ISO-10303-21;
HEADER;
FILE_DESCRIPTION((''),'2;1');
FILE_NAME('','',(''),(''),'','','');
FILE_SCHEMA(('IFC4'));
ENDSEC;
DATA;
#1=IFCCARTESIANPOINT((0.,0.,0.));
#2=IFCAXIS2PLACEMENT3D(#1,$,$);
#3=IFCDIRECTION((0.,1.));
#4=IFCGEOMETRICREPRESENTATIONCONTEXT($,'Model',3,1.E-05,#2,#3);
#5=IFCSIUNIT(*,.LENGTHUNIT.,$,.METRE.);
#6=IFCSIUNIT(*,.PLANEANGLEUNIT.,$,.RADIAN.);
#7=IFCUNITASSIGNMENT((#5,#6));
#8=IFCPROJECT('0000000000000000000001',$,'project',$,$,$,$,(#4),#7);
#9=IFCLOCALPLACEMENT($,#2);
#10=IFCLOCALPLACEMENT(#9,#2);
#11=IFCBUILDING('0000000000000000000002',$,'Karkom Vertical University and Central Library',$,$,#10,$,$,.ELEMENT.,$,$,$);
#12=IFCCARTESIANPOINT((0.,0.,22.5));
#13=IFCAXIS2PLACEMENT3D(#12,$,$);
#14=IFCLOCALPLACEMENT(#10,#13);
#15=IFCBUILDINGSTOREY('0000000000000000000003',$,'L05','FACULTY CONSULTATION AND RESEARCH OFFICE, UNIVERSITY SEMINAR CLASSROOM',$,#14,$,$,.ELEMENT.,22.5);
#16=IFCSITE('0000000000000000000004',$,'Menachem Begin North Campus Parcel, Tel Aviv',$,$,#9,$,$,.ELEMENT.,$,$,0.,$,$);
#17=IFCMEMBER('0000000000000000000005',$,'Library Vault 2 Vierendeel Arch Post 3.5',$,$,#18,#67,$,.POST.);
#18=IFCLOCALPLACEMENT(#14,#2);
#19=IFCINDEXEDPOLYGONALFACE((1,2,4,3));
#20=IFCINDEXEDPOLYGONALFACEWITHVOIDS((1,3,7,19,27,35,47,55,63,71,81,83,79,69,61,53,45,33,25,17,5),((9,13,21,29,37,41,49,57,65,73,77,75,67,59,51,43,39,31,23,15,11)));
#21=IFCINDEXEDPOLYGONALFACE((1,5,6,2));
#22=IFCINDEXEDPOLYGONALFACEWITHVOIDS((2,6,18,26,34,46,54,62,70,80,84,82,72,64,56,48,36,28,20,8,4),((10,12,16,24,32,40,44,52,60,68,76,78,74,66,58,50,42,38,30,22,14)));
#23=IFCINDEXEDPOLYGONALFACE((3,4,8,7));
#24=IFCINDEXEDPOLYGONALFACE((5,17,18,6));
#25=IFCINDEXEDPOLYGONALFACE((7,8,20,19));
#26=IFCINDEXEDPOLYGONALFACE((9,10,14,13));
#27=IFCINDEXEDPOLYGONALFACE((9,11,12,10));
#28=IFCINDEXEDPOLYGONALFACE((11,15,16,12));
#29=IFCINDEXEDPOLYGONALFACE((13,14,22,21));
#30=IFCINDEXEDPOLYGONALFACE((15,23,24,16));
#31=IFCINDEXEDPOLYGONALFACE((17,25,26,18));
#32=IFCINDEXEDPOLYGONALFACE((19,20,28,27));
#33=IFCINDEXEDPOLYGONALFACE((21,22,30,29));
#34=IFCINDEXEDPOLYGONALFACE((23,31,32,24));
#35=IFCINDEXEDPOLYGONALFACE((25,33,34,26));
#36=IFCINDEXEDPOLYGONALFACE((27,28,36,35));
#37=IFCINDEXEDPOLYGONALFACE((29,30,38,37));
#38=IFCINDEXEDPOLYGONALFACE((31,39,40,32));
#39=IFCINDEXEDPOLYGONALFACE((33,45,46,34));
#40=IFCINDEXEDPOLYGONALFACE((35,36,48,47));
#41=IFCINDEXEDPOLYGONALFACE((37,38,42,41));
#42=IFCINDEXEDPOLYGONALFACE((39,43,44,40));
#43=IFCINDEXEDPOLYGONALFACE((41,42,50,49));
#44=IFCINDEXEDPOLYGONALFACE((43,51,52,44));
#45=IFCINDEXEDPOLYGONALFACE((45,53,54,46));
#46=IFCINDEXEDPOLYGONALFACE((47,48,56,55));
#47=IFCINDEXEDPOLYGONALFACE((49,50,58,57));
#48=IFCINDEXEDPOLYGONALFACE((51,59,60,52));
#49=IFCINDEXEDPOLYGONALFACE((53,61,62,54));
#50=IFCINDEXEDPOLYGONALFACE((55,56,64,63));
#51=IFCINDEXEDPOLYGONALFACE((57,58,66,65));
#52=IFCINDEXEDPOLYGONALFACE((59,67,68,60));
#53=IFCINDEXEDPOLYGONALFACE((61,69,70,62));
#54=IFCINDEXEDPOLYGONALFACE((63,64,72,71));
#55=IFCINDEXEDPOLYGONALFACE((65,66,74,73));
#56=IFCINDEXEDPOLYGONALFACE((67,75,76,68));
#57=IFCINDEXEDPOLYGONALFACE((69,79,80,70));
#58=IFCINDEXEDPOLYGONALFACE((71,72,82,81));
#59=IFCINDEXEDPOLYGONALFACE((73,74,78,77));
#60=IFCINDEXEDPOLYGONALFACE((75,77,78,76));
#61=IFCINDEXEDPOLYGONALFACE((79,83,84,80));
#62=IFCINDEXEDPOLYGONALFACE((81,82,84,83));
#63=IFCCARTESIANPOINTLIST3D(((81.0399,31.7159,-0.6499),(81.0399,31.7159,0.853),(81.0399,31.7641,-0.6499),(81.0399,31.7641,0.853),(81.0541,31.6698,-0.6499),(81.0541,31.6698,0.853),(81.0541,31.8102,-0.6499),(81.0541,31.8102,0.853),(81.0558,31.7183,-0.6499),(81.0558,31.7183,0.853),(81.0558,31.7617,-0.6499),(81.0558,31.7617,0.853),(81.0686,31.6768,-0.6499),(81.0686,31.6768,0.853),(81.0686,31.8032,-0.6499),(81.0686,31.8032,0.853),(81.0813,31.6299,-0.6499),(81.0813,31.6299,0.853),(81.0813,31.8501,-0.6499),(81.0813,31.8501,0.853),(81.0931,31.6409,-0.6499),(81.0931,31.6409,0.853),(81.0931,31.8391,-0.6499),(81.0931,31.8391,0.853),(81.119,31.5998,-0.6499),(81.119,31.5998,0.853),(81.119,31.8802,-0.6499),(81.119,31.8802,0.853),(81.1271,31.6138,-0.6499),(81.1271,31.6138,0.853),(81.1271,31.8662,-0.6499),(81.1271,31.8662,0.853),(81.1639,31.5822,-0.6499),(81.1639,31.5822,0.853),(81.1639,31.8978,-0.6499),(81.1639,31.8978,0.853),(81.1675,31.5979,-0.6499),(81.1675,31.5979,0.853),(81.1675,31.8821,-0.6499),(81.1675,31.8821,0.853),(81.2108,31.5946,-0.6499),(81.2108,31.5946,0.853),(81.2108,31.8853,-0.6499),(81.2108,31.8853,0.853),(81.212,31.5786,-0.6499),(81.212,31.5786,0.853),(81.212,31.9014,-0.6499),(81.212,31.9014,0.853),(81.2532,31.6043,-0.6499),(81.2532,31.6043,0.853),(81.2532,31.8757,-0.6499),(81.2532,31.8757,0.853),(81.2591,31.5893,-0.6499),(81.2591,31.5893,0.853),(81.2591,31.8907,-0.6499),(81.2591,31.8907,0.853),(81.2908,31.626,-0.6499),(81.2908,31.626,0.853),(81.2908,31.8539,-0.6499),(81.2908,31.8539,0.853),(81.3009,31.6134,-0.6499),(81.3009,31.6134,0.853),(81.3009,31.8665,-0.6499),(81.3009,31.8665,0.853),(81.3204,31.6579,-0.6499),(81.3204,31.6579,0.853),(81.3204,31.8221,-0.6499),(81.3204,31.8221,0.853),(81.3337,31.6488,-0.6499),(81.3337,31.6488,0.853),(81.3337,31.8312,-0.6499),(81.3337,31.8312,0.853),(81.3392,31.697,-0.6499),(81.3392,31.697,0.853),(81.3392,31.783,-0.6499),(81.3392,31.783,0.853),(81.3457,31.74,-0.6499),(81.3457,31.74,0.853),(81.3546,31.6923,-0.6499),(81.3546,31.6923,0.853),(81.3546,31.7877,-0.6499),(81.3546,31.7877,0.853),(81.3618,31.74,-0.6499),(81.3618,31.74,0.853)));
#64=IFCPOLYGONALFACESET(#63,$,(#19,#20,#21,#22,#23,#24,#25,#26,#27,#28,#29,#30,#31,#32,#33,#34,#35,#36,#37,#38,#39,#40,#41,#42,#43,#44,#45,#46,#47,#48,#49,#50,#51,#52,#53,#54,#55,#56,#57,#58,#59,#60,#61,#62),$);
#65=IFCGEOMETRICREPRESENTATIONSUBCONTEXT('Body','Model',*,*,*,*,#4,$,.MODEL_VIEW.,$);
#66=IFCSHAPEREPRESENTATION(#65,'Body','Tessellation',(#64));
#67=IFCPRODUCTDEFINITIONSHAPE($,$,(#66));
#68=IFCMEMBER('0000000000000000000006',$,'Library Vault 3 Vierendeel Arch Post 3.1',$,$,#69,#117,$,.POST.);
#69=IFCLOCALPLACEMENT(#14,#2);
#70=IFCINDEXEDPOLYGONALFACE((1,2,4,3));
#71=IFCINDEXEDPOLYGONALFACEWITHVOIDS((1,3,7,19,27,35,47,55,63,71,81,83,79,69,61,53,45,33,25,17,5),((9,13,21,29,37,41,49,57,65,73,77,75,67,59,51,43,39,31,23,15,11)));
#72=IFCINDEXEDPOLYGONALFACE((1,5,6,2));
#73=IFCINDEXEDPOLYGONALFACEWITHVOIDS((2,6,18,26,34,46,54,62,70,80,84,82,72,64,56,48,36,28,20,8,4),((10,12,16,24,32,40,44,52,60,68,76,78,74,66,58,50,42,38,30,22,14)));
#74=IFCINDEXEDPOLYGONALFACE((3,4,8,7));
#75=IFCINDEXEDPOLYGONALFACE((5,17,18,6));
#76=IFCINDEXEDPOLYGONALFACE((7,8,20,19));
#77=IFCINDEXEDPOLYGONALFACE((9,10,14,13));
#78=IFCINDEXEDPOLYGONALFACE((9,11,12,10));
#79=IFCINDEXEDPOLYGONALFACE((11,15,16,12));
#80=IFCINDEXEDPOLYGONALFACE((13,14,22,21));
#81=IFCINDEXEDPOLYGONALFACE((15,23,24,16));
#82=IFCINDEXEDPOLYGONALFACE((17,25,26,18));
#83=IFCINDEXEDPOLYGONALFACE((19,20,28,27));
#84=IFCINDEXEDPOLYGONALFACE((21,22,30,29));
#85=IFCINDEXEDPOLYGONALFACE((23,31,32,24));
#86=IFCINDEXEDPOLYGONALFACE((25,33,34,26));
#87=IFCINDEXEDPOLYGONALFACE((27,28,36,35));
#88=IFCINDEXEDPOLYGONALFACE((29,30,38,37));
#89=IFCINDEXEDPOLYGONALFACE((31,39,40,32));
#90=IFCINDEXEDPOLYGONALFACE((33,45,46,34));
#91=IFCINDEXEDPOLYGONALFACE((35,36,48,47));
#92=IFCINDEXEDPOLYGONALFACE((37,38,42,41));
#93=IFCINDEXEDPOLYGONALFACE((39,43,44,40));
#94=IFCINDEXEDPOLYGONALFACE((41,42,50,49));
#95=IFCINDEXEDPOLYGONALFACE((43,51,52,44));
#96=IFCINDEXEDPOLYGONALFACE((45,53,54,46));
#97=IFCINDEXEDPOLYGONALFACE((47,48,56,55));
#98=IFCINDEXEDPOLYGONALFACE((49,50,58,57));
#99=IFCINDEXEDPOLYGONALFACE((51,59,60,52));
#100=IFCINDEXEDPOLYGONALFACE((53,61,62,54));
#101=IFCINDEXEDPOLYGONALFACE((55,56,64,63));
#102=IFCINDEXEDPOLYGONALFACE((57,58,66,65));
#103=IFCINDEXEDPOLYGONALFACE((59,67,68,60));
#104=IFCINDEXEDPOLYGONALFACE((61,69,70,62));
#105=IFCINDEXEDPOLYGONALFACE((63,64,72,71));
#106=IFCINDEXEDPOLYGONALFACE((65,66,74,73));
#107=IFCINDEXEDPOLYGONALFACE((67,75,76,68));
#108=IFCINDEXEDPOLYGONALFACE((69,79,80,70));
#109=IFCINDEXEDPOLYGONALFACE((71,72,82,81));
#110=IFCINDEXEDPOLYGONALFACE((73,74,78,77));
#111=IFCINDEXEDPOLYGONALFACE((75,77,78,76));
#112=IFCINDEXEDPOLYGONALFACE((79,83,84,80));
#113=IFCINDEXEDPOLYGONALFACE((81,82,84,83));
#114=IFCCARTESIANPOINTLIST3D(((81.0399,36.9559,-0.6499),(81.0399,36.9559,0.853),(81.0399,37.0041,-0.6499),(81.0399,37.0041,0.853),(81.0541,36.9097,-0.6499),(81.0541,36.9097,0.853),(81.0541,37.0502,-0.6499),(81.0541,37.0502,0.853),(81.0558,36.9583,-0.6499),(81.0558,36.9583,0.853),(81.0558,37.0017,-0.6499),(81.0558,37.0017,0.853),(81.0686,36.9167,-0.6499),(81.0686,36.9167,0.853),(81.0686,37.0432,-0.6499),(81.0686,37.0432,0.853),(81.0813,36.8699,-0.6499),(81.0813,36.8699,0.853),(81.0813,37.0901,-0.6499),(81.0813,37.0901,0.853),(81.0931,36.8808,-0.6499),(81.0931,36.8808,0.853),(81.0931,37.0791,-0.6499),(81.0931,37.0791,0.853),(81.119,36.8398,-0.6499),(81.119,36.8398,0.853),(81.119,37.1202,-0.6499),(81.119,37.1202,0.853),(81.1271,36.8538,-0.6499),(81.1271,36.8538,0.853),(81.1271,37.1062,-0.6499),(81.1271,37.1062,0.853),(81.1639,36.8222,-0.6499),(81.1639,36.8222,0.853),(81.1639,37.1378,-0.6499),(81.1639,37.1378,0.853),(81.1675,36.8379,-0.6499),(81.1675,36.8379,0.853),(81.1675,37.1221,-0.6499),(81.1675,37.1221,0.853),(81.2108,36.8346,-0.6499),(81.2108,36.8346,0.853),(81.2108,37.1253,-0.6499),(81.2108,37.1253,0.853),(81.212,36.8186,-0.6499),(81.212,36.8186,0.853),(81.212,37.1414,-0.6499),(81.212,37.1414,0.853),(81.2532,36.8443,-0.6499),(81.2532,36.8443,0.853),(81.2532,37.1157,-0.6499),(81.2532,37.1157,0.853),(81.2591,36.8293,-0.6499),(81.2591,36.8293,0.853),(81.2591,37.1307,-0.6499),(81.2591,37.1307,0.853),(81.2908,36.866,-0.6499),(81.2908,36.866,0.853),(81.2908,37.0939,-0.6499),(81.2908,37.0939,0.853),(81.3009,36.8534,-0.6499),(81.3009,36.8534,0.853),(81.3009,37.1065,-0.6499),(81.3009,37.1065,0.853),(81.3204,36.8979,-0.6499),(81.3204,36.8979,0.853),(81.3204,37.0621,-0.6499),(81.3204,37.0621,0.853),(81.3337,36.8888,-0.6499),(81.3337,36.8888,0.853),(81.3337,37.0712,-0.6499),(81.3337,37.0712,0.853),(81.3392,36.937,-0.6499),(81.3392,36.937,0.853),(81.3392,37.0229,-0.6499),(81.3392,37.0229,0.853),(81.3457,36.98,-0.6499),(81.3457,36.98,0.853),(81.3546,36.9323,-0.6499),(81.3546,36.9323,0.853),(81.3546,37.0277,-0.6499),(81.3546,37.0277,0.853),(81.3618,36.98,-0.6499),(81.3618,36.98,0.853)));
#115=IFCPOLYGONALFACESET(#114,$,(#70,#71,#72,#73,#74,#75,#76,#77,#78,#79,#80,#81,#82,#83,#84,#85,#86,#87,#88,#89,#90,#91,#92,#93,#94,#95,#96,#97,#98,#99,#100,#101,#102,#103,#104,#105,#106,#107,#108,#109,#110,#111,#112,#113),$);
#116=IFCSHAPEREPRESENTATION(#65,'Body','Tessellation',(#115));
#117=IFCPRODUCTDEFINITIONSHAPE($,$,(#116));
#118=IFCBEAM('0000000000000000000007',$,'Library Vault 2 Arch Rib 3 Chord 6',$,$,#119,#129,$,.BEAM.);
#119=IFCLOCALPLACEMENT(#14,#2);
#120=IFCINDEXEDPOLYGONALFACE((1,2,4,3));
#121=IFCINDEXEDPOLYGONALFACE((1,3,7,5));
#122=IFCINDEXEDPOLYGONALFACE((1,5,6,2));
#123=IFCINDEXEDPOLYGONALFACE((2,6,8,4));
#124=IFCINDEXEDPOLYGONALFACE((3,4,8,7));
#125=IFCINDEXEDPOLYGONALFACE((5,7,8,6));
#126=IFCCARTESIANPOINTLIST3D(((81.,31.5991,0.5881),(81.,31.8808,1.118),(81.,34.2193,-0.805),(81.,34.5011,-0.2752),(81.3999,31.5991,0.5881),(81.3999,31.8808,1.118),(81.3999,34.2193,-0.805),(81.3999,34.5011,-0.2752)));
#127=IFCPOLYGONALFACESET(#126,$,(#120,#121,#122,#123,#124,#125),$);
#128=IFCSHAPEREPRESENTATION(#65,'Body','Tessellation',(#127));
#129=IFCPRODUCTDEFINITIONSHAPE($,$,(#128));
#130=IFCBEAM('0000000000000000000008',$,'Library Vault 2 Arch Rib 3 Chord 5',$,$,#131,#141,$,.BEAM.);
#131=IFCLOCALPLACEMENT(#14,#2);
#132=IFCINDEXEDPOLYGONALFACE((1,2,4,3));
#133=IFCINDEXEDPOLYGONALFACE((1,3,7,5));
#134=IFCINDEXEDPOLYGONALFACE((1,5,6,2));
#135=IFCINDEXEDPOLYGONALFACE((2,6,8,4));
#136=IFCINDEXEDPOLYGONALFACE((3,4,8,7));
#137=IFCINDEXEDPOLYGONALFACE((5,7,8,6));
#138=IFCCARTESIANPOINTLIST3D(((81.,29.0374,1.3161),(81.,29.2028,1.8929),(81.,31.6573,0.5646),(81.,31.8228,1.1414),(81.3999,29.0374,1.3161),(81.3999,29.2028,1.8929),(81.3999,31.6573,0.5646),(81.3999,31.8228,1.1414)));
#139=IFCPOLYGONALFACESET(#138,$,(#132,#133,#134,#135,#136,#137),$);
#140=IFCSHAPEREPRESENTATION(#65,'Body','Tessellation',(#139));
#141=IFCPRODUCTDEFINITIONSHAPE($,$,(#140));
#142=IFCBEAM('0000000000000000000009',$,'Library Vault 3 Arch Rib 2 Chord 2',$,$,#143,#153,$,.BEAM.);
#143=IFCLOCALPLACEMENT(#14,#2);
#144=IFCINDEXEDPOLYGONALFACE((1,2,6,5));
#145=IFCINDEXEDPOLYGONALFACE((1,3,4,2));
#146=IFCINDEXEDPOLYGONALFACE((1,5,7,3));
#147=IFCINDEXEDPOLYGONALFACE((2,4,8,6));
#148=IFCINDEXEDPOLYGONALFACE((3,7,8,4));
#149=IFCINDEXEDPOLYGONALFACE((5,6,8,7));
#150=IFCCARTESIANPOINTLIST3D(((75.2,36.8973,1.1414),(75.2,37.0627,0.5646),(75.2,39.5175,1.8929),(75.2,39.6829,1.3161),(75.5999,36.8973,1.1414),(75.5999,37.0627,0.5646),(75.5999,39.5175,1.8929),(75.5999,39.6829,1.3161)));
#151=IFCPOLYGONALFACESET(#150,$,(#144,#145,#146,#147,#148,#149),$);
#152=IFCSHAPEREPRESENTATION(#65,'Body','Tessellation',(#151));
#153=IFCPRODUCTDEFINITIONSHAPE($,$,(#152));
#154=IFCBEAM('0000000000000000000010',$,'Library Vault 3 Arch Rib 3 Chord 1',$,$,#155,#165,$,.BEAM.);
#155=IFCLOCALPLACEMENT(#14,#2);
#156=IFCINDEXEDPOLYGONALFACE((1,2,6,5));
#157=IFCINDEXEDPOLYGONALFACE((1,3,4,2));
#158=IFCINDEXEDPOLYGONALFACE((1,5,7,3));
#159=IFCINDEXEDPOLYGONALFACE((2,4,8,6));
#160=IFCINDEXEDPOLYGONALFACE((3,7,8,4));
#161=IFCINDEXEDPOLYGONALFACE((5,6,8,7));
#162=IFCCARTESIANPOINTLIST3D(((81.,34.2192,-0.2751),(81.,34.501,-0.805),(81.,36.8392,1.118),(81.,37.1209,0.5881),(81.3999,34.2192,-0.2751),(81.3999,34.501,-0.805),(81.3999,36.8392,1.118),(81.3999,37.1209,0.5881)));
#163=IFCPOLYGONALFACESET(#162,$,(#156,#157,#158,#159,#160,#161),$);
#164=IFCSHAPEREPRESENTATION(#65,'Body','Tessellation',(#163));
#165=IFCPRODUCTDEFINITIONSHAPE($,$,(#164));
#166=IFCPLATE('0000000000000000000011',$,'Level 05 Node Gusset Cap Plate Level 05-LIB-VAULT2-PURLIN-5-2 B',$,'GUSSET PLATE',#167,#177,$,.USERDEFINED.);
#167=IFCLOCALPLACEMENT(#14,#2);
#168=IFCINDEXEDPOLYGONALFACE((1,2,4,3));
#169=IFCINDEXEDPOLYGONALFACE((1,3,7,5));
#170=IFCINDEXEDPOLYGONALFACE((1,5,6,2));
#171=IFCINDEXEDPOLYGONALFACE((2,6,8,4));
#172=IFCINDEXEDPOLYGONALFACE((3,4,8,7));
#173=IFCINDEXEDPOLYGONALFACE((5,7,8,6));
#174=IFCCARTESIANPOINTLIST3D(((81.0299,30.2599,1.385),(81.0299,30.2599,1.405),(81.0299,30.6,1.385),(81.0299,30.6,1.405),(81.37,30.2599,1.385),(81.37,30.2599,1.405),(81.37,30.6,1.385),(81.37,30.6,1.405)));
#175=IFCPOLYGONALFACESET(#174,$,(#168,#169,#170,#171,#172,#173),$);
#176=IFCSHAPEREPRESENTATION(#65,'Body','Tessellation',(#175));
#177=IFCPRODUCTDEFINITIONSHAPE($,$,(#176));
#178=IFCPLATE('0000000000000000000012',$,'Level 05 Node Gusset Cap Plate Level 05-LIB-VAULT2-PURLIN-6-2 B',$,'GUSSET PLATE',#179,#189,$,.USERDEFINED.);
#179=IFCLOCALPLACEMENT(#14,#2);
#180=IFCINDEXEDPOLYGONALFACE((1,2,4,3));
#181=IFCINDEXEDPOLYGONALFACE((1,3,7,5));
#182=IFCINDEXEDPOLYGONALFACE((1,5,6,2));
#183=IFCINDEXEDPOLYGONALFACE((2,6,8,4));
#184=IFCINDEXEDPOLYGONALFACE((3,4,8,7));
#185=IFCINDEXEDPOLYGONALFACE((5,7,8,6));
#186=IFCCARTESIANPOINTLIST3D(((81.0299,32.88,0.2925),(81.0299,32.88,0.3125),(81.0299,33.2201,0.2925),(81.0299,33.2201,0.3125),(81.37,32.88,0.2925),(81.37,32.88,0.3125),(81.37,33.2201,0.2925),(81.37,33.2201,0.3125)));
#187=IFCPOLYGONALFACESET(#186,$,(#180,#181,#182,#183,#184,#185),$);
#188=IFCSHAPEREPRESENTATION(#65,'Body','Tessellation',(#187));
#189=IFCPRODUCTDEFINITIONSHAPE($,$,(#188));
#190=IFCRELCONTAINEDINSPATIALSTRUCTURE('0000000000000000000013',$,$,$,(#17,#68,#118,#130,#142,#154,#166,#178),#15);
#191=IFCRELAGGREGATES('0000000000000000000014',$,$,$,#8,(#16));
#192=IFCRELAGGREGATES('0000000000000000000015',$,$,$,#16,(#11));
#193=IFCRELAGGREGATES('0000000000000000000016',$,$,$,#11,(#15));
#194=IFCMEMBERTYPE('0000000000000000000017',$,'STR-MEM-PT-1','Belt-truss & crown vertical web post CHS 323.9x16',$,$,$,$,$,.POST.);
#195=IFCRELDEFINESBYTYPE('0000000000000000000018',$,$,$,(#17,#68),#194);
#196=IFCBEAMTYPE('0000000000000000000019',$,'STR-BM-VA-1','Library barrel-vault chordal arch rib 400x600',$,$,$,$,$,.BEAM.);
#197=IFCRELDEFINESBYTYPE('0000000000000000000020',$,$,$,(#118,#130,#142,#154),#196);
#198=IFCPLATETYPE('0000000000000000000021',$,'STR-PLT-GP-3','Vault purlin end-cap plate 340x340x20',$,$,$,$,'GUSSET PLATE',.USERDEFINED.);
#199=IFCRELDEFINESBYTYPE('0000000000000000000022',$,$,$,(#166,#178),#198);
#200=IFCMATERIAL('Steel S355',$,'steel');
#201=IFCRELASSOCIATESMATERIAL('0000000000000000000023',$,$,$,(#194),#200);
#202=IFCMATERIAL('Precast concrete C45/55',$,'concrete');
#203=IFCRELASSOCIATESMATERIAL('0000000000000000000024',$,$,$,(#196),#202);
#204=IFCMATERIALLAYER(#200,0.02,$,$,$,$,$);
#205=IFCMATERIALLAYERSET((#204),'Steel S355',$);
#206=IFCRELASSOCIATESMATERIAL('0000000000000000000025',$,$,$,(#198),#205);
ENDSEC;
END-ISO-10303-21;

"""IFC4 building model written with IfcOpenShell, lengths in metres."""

from ifc_helpers import new_model, si_unit, direction, frame, origin, origin_with_axes, origin_2d, place, context, subcontext, project, spatial, rectangle, hollow_circle, extrude, source, transform, mapped, material, layer, layer_set, material_profile, profile_set, type_object, element, save


model = new_model("IFC4")

# Units and contexts
model_context = context("Model", 3, precision=1e-05, world=origin(), true_north=direction((0.0, 1.0)))
body_context = subcontext(model_context, "Body", "Model", "MODEL_VIEW")
ifc_project = project(units=[si_unit("LENGTHUNIT", "METRE"), si_unit("PLANEANGLEUNIT", "RADIAN")], contexts=[model_context])

# Site, building, storey
site_placement = place(None, origin())
site = spatial("IfcSite", under=ifc_project, at=site_placement, Name="Menachem Begin North Campus Parcel, Tel Aviv", CompositionType="ELEMENT", RefElevation=0.0)
building_placement = place(site_placement, origin())
building = spatial("IfcBuilding", under=site, at=building_placement, Name="Karkom Vertical University and Central Library", CompositionType="ELEMENT")
storey_placement = place(building_placement, frame((0.0, 0.0, 22.5)))
storey = spatial("IfcBuildingStorey", under=building, at=storey_placement, Name="L05", Description="FACULTY CONSULTATION AND RESEARCH OFFICE, UNIVERSITY SEMINAR CLASSROOM", CompositionType="ELEMENT", Elevation=22.5)

# Members
ifc_material_1 = material(Name="Steel S355", Category="steel")
ifc_material_profile_1 = material_profile(ifc_material_1, hollow_circle(Radius=0.1619, WallThickness=0.0161, at=origin_2d()), Name="CHS 323.9x16")
ifc_profile_set_1 = profile_set([ifc_material_profile_1], Name="Steel S355")
member_type = type_object("IfcMemberType", Name="STR-MEM-PT-1", Description="Belt-truss & crown vertical web post CHS 323.9x16", PredefinedType="POST", material=ifc_profile_set_1)
shared_shape_1 = source(origin_with_axes(), body_context, "Body", "SweptSolid", [
    extrude(hollow_circle(Radius=0.1619, WallThickness=0.0161, at=origin_2d()), origin(), (0.0, 0.0, 1.0), 1.5029),
])
for number, where, z_axis, x_axis, name in (
    (1, (81.2, 31.74, -0.6499), (0.0, 0.0, 1.0), (1.0, 0.0, 0.0), "Library Vault 2 Vierendeel Arch Post 3.5"),
    (2, (81.2, 36.98, -0.6499), (0.0, 0.0, 1.0), (1.0, 0.0, 0.0), "Library Vault 3 Vierendeel Arch Post 3.1"),
):
    element("IfcMember", number, at=place(storey_placement, frame(where, z_axis=z_axis, x_axis=x_axis)), inside=storey, type_object=member_type, Name=name, PredefinedType="POST", context=body_context, shape_type="MappedRepresentation", body=[
        mapped(shared_shape_1, transform((0.0, 0.0, 0.0), scale=1.0)),
    ])

# Beams
ifc_material_2 = material(Name="Precast concrete C45/55", Category="concrete")
ifc_material_profile_2 = material_profile(ifc_material_2, rectangle(XDim=0.3999, YDim=0.6001, at=origin_2d()), Name="RCB-400x600")
ifc_profile_set_2 = profile_set([ifc_material_profile_2], Name="Precast concrete C45/55")
beam_type = type_object("IfcBeamType", Name="STR-BM-VA-1", Description="Library barrel-vault chordal arch rib 400x600", PredefinedType="BEAM", material=ifc_profile_set_2)
shared_shape_2 = source(origin_with_axes(), body_context, "Body", "SweptSolid", [
    extrude(rectangle(XDim=0.3999, YDim=0.6001, at=origin_2d()), origin(), (0.0, 0.0, 1.0), 2.9675),
])
beam_1_placement = place(storey_placement, frame((81.2, 31.74, 0.853), z_axis=(0.0, 0.882958, -0.469452), x_axis=(-1.0, 0.0, 0.0)))
element("IfcBeam", 3, at=beam_1_placement, inside=storey, type_object=beam_type, Name="Library Vault 2 Arch Rib 3 Chord 6", PredefinedType="BEAM", context=body_context, shape_type="MappedRepresentation", body=[
    mapped(shared_shape_2, transform((0.0, 0.0, 0.0), scale=1.0)),
])
shared_shape_3 = source(origin_with_axes(), body_context, "Body", "SweptSolid", [
    extrude(rectangle(XDim=0.3999, YDim=0.6001, at=origin_2d()), origin(), (0.0, 0.0, 1.0), 2.7256),
])
beam_2_placement = place(storey_placement, frame((81.2, 29.1201, 1.6045), z_axis=(0.0, 0.961239, -0.275715), x_axis=(-1.0, 0.0, 0.0)))
element("IfcBeam", 4, at=beam_2_placement, inside=storey, type_object=beam_type, Name="Library Vault 2 Arch Rib 3 Chord 5", PredefinedType="BEAM", context=body_context, shape_type="MappedRepresentation", body=[
    mapped(shared_shape_3, transform((0.0, 0.0, 0.0), scale=1.0)),
])
shared_shape_4 = source(origin_with_axes(), body_context, "Body", "SweptSolid", [
    extrude(rectangle(XDim=0.3999, YDim=0.6001, at=origin_2d()), origin(), (0.0, 0.0, 1.0), 2.7258),
])
beam_3_placement = place(storey_placement, frame((75.3999, 36.98, 0.853), z_axis=(0.0, 0.961246, 0.275691), x_axis=(-1.0, 0.0, 0.0)))
element("IfcBeam", 5, at=beam_3_placement, inside=storey, type_object=beam_type, Name="Library Vault 3 Arch Rib 2 Chord 2", PredefinedType="BEAM", context=body_context, shape_type="MappedRepresentation", body=[
    mapped(shared_shape_4, transform((0.0, 0.0, 0.0), scale=1.0)),
])
shared_shape_5 = source(origin_with_axes(), body_context, "Body", "SweptSolid", [
    extrude(rectangle(XDim=0.3999, YDim=0.6001, at=origin_2d()), origin(), (0.0, 0.0, 1.0), 2.9673),
])
beam_4_placement = place(storey_placement, frame((81.2, 34.3601, -0.54), z_axis=(0.0, 0.88294, 0.469486), x_axis=(-1.0, 0.0, 0.0)))
element("IfcBeam", 6, at=beam_4_placement, inside=storey, type_object=beam_type, Name="Library Vault 3 Arch Rib 3 Chord 1", PredefinedType="BEAM", context=body_context, shape_type="MappedRepresentation", body=[
    mapped(shared_shape_5, transform((0.0, 0.0, 0.0), scale=1.0)),
])

# Plates
ifc_layer_1 = layer(ifc_material_1, 0.02)
ifc_layer_set_1 = layer_set([ifc_layer_1], Name="Steel S355")
plate_type = type_object("IfcPlateType", Name="STR-PLT-GP-3", Description="Vault purlin end-cap plate 340x340x20", ElementType="GUSSET PLATE", PredefinedType="USERDEFINED", material=ifc_layer_set_1)
shared_shape_6 = source(origin_with_axes(), body_context, "Body", "SweptSolid", [
    extrude(rectangle(XDim=0.3401, YDim=0.3401, at=origin_2d()), origin(), (0.0, 0.0, 1.0), 0.02),
])
for number, where, z_axis, x_axis, name in (
    (7, (81.2, 30.4299, 1.385), (0.0, 0.0, 1.0), (1.0, 0.0, 0.0), "Level 05 Node Gusset Cap Plate Level 05-LIB-VAULT2-PURLIN-5-2 B"),
    (8, (81.2, 33.05, 0.2925), (0.0, 0.0, 1.0), (1.0, 0.0, 0.0), "Level 05 Node Gusset Cap Plate Level 05-LIB-VAULT2-PURLIN-6-2 B"),
):
    element("IfcPlate", number, at=place(storey_placement, frame(where, z_axis=z_axis, x_axis=x_axis)), inside=storey, type_object=plate_type, Name=name, ObjectType="GUSSET PLATE", PredefinedType="USERDEFINED", context=body_context, shape_type="MappedRepresentation", body=[
        mapped(shared_shape_6, transform((0.0, 0.0, 0.0), scale=1.0)),
    ])

save(model, "model.ifc")
